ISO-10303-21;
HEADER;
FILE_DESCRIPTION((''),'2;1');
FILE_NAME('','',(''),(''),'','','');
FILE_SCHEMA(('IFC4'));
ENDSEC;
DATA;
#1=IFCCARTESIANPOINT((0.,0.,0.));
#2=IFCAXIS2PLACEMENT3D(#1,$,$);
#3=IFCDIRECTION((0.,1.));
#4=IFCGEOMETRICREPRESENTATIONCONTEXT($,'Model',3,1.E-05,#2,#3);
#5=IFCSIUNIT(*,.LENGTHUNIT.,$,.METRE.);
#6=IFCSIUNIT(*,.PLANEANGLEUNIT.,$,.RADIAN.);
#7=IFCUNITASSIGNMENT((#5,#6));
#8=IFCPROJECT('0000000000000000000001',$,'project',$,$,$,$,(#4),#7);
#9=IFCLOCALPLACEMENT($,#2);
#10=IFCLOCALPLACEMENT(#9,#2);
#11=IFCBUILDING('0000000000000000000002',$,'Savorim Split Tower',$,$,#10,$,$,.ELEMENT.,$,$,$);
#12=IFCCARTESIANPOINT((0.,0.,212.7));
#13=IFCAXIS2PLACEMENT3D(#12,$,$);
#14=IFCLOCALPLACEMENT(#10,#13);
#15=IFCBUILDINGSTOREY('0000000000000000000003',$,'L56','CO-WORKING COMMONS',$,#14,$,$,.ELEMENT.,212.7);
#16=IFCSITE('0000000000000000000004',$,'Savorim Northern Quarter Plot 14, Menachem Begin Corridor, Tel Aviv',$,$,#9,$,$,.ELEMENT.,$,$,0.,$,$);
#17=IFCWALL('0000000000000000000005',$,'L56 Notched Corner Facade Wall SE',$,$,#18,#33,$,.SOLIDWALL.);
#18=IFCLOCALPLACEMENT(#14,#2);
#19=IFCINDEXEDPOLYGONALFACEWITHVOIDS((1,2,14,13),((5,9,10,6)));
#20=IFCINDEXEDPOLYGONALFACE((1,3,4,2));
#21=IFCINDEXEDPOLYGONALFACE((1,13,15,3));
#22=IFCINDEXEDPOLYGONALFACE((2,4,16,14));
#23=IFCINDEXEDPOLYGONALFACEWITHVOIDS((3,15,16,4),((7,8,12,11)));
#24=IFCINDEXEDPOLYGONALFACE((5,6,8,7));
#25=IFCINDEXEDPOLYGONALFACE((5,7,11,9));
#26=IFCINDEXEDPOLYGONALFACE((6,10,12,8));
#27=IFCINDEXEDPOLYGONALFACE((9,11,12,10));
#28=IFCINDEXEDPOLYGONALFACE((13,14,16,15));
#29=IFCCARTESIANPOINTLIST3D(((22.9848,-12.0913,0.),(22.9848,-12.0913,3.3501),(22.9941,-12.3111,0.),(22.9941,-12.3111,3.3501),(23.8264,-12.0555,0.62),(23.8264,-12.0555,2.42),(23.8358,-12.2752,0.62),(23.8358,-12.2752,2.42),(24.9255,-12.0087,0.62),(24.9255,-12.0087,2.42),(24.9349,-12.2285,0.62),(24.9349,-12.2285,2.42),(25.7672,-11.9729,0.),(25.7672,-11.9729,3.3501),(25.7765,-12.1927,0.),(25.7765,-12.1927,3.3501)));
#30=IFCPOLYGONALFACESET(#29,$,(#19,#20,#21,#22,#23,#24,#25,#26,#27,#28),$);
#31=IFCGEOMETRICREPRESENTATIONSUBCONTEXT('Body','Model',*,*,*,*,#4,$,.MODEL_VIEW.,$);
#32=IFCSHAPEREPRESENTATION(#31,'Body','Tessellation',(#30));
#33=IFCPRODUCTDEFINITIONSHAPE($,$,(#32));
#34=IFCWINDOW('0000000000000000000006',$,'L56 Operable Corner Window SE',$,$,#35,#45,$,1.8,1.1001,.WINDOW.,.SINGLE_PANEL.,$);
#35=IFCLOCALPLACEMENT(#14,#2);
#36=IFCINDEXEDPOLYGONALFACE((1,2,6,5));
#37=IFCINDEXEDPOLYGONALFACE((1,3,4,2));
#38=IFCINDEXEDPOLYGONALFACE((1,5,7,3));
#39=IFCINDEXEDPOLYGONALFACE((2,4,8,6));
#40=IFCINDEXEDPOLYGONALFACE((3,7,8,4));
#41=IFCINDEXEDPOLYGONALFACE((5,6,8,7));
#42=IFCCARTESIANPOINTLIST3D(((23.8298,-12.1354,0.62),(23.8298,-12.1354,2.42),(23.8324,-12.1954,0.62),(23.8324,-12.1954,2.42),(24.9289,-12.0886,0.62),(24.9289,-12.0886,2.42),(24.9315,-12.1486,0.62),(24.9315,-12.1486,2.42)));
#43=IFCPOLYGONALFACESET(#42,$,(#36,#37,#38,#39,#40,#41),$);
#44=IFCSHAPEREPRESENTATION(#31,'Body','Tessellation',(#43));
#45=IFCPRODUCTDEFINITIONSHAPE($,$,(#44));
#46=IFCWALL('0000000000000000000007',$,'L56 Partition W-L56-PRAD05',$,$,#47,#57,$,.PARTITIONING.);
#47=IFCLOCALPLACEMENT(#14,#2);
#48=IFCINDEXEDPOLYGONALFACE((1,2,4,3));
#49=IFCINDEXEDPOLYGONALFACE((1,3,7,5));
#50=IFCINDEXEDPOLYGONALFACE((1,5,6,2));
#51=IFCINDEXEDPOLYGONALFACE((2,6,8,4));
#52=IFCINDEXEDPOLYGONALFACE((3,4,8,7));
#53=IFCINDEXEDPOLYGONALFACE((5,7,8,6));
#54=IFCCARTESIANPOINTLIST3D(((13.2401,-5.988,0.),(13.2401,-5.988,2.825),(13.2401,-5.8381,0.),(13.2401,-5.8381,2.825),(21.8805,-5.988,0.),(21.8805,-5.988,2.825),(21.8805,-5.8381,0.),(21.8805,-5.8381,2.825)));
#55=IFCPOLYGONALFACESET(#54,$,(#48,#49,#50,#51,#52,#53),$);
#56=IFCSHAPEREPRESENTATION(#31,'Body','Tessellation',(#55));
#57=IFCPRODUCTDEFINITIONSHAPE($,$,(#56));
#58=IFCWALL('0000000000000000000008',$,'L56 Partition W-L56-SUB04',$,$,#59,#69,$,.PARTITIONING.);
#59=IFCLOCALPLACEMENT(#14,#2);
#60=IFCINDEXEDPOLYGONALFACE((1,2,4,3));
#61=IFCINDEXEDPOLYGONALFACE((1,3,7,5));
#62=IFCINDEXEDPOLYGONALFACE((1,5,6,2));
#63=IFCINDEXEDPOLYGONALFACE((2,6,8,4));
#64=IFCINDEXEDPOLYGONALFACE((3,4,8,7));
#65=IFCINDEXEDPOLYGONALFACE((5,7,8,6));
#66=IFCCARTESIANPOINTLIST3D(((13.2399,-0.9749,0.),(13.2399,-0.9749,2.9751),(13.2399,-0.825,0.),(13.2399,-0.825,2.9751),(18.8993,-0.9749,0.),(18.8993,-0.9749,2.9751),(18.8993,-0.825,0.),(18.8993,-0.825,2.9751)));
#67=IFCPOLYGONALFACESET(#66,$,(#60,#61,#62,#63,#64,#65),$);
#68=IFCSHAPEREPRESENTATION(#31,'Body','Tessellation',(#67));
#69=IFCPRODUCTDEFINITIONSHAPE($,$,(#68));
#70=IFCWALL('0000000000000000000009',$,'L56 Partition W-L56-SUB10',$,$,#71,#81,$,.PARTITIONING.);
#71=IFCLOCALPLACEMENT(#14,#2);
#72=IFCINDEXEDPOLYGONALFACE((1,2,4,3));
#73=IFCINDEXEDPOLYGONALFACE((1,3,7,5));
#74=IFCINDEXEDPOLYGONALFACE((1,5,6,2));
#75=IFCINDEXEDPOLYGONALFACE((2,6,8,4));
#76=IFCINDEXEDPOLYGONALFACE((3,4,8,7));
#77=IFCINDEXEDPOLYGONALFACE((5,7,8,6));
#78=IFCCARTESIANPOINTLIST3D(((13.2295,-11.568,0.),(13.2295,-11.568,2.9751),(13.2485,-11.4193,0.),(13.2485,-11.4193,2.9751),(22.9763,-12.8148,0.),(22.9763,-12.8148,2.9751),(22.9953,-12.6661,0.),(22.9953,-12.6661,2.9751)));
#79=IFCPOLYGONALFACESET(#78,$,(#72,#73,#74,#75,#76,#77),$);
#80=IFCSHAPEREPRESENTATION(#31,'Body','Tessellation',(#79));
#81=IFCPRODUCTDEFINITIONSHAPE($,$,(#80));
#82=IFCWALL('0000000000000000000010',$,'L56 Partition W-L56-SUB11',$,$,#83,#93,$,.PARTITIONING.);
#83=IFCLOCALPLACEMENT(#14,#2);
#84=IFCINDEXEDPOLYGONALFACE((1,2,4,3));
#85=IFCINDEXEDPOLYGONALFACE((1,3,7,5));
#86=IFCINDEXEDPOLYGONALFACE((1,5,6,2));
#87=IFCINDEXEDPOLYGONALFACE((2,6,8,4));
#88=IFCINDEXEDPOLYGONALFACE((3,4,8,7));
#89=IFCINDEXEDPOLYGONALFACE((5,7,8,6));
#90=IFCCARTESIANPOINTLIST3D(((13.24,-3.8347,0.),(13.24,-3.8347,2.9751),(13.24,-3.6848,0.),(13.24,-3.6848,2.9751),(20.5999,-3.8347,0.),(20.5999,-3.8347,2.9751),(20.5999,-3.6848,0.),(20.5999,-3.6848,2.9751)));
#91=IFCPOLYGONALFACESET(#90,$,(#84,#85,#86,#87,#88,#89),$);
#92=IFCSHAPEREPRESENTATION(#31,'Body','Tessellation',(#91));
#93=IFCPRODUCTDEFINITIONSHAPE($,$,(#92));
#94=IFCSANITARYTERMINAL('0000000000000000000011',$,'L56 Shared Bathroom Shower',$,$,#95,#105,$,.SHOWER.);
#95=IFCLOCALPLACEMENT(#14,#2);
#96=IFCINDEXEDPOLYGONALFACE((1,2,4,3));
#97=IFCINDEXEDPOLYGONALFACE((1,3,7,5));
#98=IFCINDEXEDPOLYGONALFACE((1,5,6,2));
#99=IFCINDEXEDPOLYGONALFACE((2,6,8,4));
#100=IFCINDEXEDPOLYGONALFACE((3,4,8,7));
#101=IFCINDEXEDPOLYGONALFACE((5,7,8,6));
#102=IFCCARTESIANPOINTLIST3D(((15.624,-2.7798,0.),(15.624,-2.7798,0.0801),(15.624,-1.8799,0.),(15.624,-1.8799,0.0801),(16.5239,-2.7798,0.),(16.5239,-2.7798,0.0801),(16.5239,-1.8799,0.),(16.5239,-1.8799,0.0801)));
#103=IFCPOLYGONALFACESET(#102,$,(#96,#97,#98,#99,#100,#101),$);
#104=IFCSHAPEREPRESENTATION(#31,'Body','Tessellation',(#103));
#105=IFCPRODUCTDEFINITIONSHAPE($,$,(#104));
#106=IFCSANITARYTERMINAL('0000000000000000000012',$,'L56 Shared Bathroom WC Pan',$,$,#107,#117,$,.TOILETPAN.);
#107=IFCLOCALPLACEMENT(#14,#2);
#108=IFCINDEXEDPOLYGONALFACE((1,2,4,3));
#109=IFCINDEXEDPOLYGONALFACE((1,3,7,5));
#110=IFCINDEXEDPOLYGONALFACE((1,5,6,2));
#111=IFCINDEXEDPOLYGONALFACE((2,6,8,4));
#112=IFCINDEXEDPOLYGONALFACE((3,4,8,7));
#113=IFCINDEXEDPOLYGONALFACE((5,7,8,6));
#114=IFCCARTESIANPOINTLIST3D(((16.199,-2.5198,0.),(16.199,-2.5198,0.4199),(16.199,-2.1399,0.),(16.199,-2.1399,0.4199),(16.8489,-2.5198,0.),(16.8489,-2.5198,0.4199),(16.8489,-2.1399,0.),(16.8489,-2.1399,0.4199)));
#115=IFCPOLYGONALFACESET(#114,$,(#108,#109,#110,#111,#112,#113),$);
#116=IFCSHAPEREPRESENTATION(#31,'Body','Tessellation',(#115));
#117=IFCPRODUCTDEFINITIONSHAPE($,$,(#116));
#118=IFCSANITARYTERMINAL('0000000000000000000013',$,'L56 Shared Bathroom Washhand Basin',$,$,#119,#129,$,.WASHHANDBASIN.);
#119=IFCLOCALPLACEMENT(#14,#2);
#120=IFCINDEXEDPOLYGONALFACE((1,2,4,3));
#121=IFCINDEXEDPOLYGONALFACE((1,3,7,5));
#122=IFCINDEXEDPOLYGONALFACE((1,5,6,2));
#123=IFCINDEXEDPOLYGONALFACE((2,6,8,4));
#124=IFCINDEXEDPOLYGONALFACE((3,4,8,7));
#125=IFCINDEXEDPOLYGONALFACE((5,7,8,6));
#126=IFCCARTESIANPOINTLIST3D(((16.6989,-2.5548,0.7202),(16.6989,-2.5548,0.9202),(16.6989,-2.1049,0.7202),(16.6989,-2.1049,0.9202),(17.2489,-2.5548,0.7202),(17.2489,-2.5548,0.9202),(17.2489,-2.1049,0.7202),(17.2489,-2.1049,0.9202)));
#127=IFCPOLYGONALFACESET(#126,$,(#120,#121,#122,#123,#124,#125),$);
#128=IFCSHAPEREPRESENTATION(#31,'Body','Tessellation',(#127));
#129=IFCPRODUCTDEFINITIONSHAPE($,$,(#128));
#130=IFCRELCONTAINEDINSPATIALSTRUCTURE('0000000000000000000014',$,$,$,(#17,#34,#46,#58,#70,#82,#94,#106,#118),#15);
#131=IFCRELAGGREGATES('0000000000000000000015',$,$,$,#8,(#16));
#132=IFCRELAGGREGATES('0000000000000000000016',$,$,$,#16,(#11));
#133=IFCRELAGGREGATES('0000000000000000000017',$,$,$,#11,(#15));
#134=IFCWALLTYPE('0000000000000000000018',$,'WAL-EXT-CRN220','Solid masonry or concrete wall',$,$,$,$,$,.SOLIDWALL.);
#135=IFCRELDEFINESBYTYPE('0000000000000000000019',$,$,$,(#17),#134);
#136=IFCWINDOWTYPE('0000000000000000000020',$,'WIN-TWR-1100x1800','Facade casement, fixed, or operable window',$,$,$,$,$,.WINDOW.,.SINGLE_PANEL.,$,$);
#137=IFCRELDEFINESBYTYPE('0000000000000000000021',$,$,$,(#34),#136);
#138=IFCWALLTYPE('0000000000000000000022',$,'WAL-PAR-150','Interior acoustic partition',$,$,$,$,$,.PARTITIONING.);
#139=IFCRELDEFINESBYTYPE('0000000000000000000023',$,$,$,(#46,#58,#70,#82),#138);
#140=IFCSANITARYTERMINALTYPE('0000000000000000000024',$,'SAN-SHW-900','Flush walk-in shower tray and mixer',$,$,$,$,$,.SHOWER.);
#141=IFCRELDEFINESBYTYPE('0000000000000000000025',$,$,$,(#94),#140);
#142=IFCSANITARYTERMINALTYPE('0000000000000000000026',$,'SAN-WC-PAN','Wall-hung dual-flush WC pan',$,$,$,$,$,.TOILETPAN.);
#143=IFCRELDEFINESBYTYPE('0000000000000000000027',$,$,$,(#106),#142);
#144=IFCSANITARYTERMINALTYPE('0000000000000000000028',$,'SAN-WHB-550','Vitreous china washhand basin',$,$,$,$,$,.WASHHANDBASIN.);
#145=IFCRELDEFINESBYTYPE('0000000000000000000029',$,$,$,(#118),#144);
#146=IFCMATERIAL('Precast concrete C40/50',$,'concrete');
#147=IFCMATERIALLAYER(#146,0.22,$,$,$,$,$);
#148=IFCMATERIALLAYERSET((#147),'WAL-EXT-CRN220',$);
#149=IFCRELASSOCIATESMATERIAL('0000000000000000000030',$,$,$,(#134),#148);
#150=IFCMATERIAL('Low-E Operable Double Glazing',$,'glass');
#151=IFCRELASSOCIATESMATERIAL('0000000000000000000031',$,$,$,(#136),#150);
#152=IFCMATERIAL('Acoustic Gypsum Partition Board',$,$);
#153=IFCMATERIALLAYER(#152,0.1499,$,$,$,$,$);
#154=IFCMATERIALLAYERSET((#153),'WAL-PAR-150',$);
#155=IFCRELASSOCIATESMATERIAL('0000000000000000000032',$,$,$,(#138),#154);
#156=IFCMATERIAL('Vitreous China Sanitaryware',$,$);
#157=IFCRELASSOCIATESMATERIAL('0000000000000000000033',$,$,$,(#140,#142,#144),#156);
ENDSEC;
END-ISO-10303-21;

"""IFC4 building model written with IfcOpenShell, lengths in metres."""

from ifc_helpers import new_model, si_unit, direction, frame, frame_2d, origin, origin_2d, place, context, subcontext, project, spatial, rectangle, extrude, material, layer, layer_set, type_object, element, fill, save


model = new_model("IFC4")

# Units and contexts
model_context = context("Model", 3, precision=1e-05, world=origin(), true_north=direction((0.0, 1.0)))
body_context = subcontext(model_context, "Body", "Model", "MODEL_VIEW")
ifc_project = project(units=[si_unit("LENGTHUNIT", "METRE"), si_unit("PLANEANGLEUNIT", "RADIAN")], contexts=[model_context])

# Site, building, storey
site_placement = place(None, origin())
site = spatial("IfcSite", under=ifc_project, at=site_placement, Name="Savorim Northern Quarter Plot 14, Menachem Begin Corridor, Tel Aviv", CompositionType="ELEMENT", RefElevation=0.0)
building_placement = place(site_placement, origin())
building = spatial("IfcBuilding", under=site, at=building_placement, Name="Savorim Split Tower", CompositionType="ELEMENT")
storey_placement = place(building_placement, frame((0.0, 0.0, 212.7)))
storey = spatial("IfcBuildingStorey", under=building, at=storey_placement, Name="L56", Description="CO-WORKING COMMONS", CompositionType="ELEMENT", Elevation=212.7)

# Wall, opening, window
ifc_material_1 = material(Name="Precast concrete C40/50", Category="concrete")
ifc_layer_1 = layer(ifc_material_1, 0.22)
ifc_layer_set_1 = layer_set([ifc_layer_1], Name="WAL-EXT-CRN220")
wall_type_1 = type_object("IfcWallType", Name="WAL-EXT-CRN220", Description="Solid masonry or concrete wall", PredefinedType="SOLIDWALL", material=ifc_layer_set_1)
wall_1_placement = place(storey_placement, frame((25.772, -12.0828, 0.0), z_axis=(0.0, 0.0, 1.0), x_axis=(-0.999096, -0.042517, 0.0)))
wall_1 = element("IfcWall", 1, at=wall_1_placement, inside=storey, type_object=wall_type_1, Name="L56 Notched Corner Facade Wall SE", PredefinedType="SOLIDWALL", context=body_context, shape_type="SweptSolid", body=[
    extrude(rectangle(XDim=2.7849, YDim=0.22, at=frame_2d((1.3926, 0.0))), origin(), (0.0, 0.0, 1.0), 3.3501),
])
opening_placement = place(wall_1_placement, frame((0.8425, 0.0, 0.6201)))
opening = element("IfcOpeningElement", 2, at=opening_placement, cuts=wall_1, PredefinedType="OPENING", context=body_context, shape_type="SweptSolid", body=[
    extrude(rectangle(XDim=1.1001, YDim=1.8, at=frame_2d((0.55, 0.8999))), frame((0.0, 0.1199, 0.0), z_axis=(0.0, -1.0, 0.0), x_axis=(1.0, 0.0, 0.0)), (0.0, 0.0, 1.0), 0.24),
])
ifc_material_2 = material(Name="Low-E Operable Double Glazing", Category="glass")
window_type = type_object("IfcWindowType", Name="WIN-TWR-1100x1800", Description="Facade casement, fixed, or operable window", PartitioningType="SINGLE_PANEL", PredefinedType="WINDOW", material=ifc_material_2)
window_placement = place(opening_placement, origin())
window = element("IfcWindow", 3, at=window_placement, inside=storey, type_object=window_type, Name="L56 Operable Corner Window SE", OverallHeight=1.8, OverallWidth=1.1001, PartitioningType="SINGLE_PANEL", PredefinedType="WINDOW", context=body_context, shape_type="SweptSolid", body=[
    extrude(rectangle(XDim=1.1001, YDim=1.8, at=frame_2d((0.55, 0.8999))), frame((0.0, 0.03, 0.0), z_axis=(0.0, -1.0, 0.0), x_axis=(1.0, 0.0, 0.0)), (0.0, 0.0, 1.0), 0.0601),
])
fill(opening, window)

# Walls
ifc_material_3 = material(Name="Acoustic Gypsum Partition Board")
ifc_layer_2 = layer(ifc_material_3, 0.1499)
ifc_layer_set_2 = layer_set([ifc_layer_2], Name="WAL-PAR-150")
wall_type_2 = type_object("IfcWallType", Name="WAL-PAR-150", Description="Interior acoustic partition", PredefinedType="PARTITIONING", material=ifc_layer_set_2)
wall_2_placement = place(storey_placement, frame((13.24, -5.9131, 0.0), z_axis=(0.0, 0.0, 1.0), x_axis=(1.0, 0.0, 0.0)))
element("IfcWall", 4, at=wall_2_placement, inside=storey, type_object=wall_type_2, Name="L56 Partition W-L56-PRAD05", PredefinedType="PARTITIONING", context=body_context, shape_type="SweptSolid", body=[
    extrude(rectangle(XDim=8.6404, YDim=0.1499, at=frame_2d((4.3203, 0.0))), origin(), (0.0, 0.0, 1.0), 2.825),
])
wall_3_placement = place(storey_placement, frame((13.24, -0.8999, 0.0), z_axis=(0.0, 0.0, 1.0), x_axis=(1.0, 0.0, 0.0)))
element("IfcWall", 5, at=wall_3_placement, inside=storey, type_object=wall_type_2, Name="L56 Partition W-L56-SUB04", PredefinedType="PARTITIONING", context=body_context, shape_type="SweptSolid", body=[
    extrude(rectangle(XDim=5.6594, YDim=0.1499, at=frame_2d((2.8296, 0.0))), origin(), (0.0, 0.0, 1.0), 2.9751),
])
wall_4_placement = place(storey_placement, frame((13.239, -11.4937, 0.0), z_axis=(0.0, 0.0, 1.0), x_axis=(0.991917, -0.126887, 0.0)))
element("IfcWall", 6, at=wall_4_placement, inside=storey, type_object=wall_type_2, Name="L56 Partition W-L56-SUB10", PredefinedType="PARTITIONING", context=body_context, shape_type="SweptSolid", body=[
    extrude(rectangle(XDim=9.8262, YDim=0.1499, at=frame_2d((4.9131, 0.0))), origin(), (0.0, 0.0, 1.0), 2.9751),
])
wall_5_placement = place(storey_placement, frame((13.24, -3.7598, 0.0), z_axis=(0.0, 0.0, 1.0), x_axis=(1.0, 0.0, 0.0)))
element("IfcWall", 7, at=wall_5_placement, inside=storey, type_object=wall_type_2, Name="L56 Partition W-L56-SUB11", PredefinedType="PARTITIONING", context=body_context, shape_type="SweptSolid", body=[
    extrude(rectangle(XDim=7.3599, YDim=0.1499, at=frame_2d((3.6799, 0.0))), origin(), (0.0, 0.0, 1.0), 2.9751),
])

# Sanitary terminals
ifc_material_4 = material(Name="Vitreous China Sanitaryware")
sanitary_terminal_type_1 = type_object("IfcSanitaryTerminalType", Name="SAN-SHW-900", Description="Flush walk-in shower tray and mixer", PredefinedType="SHOWER", material=ifc_material_4)
sanitary_terminal_1_placement = place(storey_placement, frame((16.074, -2.3298, 0.0), z_axis=(0.0, 0.0, 1.0), x_axis=(1.0, 0.0, 0.0)))
element("IfcSanitaryTerminal", 8, at=sanitary_terminal_1_placement, inside=storey, type_object=sanitary_terminal_type_1, Name="L56 Shared Bathroom Shower", PredefinedType="SHOWER", context=body_context, shape_type="SweptSolid", body=[
    extrude(rectangle(XDim=0.8999, YDim=0.8999, at=origin_2d()), origin(), (0.0, 0.0, 1.0), 0.0801),
])
sanitary_terminal_type_2 = type_object("IfcSanitaryTerminalType", Name="SAN-WC-PAN", Description="Wall-hung dual-flush WC pan", PredefinedType="TOILETPAN", material=ifc_material_4)
sanitary_terminal_2_placement = place(storey_placement, frame((16.5239, -2.3298, 0.0), z_axis=(0.0, 0.0, 1.0), x_axis=(1.0, 0.0, 0.0)))
element("IfcSanitaryTerminal", 9, at=sanitary_terminal_2_placement, inside=storey, type_object=sanitary_terminal_type_2, Name="L56 Shared Bathroom WC Pan", PredefinedType="TOILETPAN", context=body_context, shape_type="SweptSolid", body=[
    extrude(rectangle(XDim=0.6499, YDim=0.3799, at=origin_2d()), origin(), (0.0, 0.0, 1.0), 0.4199),
])
sanitary_terminal_type_3 = type_object("IfcSanitaryTerminalType", Name="SAN-WHB-550", Description="Vitreous china washhand basin", PredefinedType="WASHHANDBASIN", material=ifc_material_4)
sanitary_terminal_3_placement = place(storey_placement, frame((16.9739, -2.3298, 0.7202), z_axis=(0.0, 0.0, 1.0), x_axis=(1.0, 0.0, 0.0)))
element("IfcSanitaryTerminal", 10, at=sanitary_terminal_3_placement, inside=storey, type_object=sanitary_terminal_type_3, Name="L56 Shared Bathroom Washhand Basin", PredefinedType="WASHHANDBASIN", context=body_context, shape_type="SweptSolid", body=[
    extrude(rectangle(XDim=0.55, YDim=0.45, at=origin_2d()), origin(), (0.0, 0.0, 1.0), 0.2),
])

save(model, "model.ifc")
